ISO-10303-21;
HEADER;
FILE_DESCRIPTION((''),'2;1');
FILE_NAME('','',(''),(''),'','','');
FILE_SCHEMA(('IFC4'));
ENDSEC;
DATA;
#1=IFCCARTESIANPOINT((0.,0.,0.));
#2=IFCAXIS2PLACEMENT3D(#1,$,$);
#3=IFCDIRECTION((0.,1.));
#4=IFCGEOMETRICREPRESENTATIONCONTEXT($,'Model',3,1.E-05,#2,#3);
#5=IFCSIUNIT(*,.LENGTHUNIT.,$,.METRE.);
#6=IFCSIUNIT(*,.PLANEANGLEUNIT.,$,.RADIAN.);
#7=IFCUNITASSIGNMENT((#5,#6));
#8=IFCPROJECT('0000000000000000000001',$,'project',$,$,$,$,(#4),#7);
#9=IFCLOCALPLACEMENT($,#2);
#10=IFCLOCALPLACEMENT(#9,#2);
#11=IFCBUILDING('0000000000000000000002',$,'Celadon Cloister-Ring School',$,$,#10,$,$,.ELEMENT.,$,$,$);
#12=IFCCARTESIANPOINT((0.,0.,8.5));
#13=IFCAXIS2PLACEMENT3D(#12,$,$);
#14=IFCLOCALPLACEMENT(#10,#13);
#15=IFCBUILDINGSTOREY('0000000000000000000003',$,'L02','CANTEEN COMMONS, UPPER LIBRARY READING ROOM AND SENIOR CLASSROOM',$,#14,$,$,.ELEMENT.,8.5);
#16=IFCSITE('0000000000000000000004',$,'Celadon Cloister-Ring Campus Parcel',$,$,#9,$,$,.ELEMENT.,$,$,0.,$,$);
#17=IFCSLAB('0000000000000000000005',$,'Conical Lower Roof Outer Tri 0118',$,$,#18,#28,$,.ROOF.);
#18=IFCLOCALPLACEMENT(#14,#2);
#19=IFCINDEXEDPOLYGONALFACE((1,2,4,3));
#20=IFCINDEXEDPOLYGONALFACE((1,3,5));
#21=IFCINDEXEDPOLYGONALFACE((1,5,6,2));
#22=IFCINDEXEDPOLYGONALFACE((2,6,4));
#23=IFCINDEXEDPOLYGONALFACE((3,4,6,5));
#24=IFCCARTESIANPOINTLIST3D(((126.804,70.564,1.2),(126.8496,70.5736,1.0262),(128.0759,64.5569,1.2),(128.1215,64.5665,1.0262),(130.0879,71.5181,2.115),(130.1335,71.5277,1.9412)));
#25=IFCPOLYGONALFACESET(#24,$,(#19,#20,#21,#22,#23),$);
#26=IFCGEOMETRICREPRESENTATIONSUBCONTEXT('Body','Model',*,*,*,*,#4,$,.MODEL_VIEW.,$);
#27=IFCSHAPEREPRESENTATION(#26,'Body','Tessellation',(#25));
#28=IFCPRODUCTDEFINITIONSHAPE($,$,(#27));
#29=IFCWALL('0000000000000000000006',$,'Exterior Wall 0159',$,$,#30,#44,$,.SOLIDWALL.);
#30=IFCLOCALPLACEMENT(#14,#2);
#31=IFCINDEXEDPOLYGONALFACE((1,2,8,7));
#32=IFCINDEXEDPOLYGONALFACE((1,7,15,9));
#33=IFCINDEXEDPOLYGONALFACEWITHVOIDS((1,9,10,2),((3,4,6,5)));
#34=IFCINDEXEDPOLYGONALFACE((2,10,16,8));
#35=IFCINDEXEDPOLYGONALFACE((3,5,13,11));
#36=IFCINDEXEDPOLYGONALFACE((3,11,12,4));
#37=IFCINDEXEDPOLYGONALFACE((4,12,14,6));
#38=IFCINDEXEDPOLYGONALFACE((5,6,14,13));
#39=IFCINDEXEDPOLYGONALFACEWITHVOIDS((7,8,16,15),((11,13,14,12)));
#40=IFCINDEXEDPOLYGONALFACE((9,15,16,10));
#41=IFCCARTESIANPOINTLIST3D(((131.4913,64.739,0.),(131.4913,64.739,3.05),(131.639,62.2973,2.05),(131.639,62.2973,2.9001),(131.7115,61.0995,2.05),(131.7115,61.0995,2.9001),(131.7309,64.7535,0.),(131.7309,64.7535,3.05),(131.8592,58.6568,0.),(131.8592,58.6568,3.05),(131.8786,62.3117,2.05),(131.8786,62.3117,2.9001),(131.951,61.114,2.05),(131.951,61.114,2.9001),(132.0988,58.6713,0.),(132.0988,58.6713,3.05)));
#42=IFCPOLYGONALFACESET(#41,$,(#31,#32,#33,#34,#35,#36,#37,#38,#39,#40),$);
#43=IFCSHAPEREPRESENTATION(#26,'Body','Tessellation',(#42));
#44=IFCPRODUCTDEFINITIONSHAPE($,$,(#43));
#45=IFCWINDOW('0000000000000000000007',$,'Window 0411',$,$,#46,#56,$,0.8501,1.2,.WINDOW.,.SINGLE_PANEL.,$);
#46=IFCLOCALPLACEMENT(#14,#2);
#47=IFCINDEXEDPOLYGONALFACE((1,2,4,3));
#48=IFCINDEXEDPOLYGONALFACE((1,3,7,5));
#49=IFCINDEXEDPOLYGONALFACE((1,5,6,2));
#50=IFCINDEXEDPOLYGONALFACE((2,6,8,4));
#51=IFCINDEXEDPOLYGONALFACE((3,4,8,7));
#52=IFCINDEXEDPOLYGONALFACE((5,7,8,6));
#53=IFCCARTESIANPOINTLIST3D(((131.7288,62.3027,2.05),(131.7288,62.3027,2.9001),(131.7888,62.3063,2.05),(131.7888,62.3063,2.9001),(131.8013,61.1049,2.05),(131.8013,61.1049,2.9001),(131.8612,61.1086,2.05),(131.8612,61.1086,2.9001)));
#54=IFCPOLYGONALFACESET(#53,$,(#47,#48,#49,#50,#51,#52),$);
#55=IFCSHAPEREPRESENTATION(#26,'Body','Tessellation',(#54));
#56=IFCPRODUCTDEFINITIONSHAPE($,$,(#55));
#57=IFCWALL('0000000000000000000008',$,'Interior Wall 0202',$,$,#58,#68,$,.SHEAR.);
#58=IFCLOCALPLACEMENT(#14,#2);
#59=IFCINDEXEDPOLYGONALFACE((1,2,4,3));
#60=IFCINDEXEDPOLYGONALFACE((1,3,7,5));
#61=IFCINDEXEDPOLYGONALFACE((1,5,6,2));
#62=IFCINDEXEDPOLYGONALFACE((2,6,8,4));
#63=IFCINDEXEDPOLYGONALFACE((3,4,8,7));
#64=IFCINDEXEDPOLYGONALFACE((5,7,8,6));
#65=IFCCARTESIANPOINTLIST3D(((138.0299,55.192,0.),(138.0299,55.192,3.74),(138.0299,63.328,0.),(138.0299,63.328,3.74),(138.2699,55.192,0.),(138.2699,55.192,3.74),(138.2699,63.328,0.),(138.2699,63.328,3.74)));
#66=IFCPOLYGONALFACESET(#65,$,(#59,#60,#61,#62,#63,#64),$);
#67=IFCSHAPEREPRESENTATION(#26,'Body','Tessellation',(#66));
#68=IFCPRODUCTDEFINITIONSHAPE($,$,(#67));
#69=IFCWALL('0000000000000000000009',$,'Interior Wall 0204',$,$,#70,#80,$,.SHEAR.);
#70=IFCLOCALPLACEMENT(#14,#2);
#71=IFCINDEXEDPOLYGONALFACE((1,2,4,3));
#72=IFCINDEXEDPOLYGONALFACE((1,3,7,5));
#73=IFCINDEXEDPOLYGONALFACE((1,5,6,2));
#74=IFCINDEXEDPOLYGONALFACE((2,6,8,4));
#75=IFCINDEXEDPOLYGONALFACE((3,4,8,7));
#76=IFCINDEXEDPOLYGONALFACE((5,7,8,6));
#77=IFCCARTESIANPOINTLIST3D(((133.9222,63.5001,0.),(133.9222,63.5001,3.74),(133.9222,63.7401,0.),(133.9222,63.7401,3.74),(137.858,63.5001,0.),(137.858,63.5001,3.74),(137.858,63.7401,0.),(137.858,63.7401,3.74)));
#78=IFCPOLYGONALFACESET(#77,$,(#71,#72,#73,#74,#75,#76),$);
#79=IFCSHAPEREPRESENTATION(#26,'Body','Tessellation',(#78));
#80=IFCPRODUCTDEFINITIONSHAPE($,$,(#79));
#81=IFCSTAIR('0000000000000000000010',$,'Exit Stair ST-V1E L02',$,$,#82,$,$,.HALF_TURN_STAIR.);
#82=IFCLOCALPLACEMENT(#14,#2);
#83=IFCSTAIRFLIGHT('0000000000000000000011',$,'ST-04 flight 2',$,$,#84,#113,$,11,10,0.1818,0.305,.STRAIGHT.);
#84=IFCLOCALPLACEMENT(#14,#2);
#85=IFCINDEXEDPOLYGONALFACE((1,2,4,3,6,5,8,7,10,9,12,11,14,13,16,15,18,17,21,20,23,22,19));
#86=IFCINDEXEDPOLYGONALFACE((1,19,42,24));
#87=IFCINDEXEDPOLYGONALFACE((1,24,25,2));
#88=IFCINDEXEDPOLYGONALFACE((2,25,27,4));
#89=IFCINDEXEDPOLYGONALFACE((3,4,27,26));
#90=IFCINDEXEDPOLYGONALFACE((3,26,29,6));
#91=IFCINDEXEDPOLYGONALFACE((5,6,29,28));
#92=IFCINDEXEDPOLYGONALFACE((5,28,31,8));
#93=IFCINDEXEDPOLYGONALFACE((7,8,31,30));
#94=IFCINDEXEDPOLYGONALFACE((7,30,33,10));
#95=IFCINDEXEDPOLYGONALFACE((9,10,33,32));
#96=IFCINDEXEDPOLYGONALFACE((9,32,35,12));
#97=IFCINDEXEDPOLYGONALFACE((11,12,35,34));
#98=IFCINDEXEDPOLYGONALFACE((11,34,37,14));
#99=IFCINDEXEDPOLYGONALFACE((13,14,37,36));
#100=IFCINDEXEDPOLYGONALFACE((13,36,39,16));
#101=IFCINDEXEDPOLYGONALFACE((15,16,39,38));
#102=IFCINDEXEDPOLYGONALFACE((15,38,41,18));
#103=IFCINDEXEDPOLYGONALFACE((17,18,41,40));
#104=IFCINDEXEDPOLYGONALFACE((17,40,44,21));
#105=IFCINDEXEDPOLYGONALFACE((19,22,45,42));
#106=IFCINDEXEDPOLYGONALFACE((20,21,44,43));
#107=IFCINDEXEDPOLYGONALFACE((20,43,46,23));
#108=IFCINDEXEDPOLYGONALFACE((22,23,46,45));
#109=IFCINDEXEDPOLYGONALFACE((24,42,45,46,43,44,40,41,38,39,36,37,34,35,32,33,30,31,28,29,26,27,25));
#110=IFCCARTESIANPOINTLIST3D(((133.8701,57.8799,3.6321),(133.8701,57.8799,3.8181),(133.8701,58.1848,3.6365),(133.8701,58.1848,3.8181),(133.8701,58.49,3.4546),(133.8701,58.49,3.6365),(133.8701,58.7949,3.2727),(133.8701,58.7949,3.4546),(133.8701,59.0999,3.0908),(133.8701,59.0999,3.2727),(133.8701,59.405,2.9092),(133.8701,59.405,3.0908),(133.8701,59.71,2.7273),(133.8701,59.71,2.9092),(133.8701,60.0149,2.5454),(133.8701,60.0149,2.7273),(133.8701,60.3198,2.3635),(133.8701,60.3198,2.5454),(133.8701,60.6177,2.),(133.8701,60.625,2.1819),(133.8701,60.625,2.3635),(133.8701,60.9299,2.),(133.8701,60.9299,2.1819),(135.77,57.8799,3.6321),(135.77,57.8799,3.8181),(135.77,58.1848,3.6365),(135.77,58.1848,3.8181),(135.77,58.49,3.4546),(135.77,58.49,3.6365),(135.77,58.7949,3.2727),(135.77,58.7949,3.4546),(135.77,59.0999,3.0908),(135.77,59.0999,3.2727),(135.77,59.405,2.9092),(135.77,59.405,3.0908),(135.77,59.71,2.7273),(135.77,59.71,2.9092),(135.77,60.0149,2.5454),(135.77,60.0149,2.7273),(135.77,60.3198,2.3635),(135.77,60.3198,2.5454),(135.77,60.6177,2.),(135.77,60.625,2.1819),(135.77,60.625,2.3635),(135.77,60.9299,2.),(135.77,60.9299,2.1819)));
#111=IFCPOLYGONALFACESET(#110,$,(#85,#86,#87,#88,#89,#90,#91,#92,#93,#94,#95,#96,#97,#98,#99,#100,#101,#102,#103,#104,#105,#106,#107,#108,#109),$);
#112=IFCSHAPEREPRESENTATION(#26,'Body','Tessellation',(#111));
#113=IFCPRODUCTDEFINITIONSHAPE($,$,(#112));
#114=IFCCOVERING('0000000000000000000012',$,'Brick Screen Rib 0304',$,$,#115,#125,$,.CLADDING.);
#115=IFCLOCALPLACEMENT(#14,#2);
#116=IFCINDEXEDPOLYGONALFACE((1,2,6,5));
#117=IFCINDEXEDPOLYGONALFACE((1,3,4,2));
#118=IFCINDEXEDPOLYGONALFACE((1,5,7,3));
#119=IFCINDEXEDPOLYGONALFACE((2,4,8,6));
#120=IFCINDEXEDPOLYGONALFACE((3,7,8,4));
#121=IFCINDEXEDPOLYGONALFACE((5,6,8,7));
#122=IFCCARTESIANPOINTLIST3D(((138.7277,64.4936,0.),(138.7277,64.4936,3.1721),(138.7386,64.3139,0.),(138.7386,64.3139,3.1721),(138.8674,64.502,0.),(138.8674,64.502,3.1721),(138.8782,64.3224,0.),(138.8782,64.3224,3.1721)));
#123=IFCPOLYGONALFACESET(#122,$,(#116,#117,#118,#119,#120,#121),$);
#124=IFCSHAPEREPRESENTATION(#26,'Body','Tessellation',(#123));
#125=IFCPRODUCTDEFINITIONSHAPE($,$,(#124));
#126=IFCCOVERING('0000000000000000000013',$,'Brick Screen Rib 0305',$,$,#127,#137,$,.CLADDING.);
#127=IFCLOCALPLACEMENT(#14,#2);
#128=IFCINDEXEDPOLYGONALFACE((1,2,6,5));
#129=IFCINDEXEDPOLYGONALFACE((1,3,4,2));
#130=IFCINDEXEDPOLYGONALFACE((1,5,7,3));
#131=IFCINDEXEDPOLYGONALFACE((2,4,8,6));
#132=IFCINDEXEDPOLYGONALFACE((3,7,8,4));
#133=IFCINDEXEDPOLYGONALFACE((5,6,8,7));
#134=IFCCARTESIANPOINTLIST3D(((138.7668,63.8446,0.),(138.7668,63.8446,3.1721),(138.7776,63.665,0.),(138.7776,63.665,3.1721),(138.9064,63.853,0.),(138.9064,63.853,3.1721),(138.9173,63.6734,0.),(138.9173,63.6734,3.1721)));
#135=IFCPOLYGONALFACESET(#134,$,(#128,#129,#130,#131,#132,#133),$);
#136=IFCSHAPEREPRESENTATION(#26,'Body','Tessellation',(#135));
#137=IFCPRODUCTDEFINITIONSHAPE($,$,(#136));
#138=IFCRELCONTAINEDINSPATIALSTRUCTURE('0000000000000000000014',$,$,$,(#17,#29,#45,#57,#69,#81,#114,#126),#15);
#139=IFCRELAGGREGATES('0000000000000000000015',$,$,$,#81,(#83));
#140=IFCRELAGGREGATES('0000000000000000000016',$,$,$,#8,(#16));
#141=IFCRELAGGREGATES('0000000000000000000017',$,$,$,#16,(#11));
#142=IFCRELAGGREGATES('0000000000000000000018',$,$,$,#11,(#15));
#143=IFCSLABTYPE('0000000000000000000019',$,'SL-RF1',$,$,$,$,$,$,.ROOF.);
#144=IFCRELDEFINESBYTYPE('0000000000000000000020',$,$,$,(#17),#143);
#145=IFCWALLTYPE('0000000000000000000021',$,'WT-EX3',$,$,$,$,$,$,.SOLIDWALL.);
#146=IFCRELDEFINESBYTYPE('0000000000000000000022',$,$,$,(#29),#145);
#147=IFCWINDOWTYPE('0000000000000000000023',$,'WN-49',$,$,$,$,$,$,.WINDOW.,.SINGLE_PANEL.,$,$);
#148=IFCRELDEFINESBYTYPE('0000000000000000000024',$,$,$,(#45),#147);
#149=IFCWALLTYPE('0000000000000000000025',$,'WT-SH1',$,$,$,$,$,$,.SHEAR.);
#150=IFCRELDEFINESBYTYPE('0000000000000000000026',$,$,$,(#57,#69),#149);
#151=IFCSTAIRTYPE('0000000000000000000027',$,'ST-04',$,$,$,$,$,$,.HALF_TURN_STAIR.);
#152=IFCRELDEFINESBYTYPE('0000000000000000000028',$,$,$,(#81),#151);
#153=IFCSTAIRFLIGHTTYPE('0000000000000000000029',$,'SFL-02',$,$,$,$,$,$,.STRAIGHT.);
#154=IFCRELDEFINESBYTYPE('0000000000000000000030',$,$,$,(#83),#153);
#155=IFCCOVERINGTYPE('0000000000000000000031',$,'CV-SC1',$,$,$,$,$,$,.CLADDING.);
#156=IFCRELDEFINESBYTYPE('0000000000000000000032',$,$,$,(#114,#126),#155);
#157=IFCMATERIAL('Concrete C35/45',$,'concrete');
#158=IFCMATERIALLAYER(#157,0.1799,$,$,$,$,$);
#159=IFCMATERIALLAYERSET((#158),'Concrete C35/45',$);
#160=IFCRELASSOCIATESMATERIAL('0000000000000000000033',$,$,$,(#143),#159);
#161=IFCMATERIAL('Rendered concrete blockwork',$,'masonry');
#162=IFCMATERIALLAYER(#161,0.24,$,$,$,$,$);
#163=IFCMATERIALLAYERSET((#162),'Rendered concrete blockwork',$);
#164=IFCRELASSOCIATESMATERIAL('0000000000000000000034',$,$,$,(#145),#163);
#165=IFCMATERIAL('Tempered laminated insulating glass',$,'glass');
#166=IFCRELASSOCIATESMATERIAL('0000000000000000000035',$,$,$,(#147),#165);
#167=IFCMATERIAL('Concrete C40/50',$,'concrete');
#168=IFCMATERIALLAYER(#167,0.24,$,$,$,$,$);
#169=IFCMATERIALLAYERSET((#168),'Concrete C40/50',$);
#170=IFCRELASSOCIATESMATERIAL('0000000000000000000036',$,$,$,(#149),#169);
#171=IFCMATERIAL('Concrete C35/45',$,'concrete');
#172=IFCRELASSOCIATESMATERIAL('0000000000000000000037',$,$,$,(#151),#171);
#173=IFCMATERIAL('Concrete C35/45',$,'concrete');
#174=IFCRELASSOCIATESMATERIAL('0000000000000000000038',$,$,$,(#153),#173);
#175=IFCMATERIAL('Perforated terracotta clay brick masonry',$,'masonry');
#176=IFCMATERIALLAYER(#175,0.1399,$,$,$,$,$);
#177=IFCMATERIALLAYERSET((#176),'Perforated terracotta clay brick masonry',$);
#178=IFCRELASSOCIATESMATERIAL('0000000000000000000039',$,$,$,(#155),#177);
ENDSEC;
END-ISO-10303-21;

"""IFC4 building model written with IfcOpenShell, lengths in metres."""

from ifc_helpers import new_model, si_unit, direction, frame, frame_2d, origin, origin_2d, place, context, subcontext, project, spatial, polyline, rectangle, outline, extrude, material, layer, layer_set, type_object, element, fill, aggregate, save


model = new_model("IFC4")

# Units and contexts
model_context = context("Model", 3, precision=1e-05, world=origin(), true_north=direction((0.0, 1.0)))
body_context = subcontext(model_context, "Body", "Model", "MODEL_VIEW")
ifc_project = project(units=[si_unit("LENGTHUNIT", "METRE"), si_unit("PLANEANGLEUNIT", "RADIAN")], contexts=[model_context])

# Site, building, storey
site_placement = place(None, origin())
site = spatial("IfcSite", under=ifc_project, at=site_placement, Name="Celadon Cloister-Ring Campus Parcel", CompositionType="ELEMENT", RefElevation=0.0)
building_placement = place(site_placement, origin())
building = spatial("IfcBuilding", under=site, at=building_placement, Name="Celadon Cloister-Ring School", CompositionType="ELEMENT")
storey_placement = place(building_placement, frame((0.0, 0.0, 8.5)))
storey = spatial("IfcBuildingStorey", under=building, at=storey_placement, Name="L02", Description="CANTEEN COMMONS, UPPER LIBRARY READING ROOM AND SENIOR CLASSROOM", CompositionType="ELEMENT", Elevation=8.5)

# Slab
ifc_material_1 = material(Name="Concrete C35/45", Category="concrete")
ifc_layer_1 = layer(ifc_material_1, 0.1799)
ifc_layer_set_1 = layer_set([ifc_layer_1], Name="Concrete C35/45")
slab_type = type_object("IfcSlabType", Name="SL-RF1", PredefinedType="ROOF", material=ifc_layer_set_1)
slab_1_placement = place(storey_placement, frame((128.0759, 64.5569, 1.2), z_axis=(-0.253525, -0.053683, 0.965838), x_axis=(0.275474, 0.95311, 0.125285)))
element("IfcSlab", 1, at=slab_1_placement, inside=storey, type_object=slab_type, Name="Conical Lower Roof Outer Tri 0118", PredefinedType="ROOF", context=body_context, shape_type="SweptSolid", body=[
    extrude(outline(polyline([(0.0, 0.0), (7.3037, 0.0), (5.375, 2.9685), (0.0, 0.0)])), origin(), (0.0, 0.0, -1.0), 0.1799),
])

# Wall, opening, window
ifc_material_2 = material(Name="Rendered concrete blockwork", Category="masonry")
ifc_layer_2 = layer(ifc_material_2, 0.24)
ifc_layer_set_2 = layer_set([ifc_layer_2], Name="Rendered concrete blockwork")
wall_type_1 = type_object("IfcWallType", Name="WT-EX3", PredefinedType="SOLIDWALL", material=ifc_layer_set_2)
wall_1_placement = place(storey_placement, frame((131.979, 58.6641, 0.0), z_axis=(0.0, 0.0, 1.0), x_axis=(-0.060383, 0.998175, 0.0)))
wall_1 = element("IfcWall", 2, at=wall_1_placement, inside=storey, type_object=wall_type_1, Name="Exterior Wall 0159", PredefinedType="SOLIDWALL", context=body_context, shape_type="SweptSolid", body=[
    extrude(rectangle(XDim=6.0933, YDim=0.24, at=frame_2d((3.0466, 0.0))), origin(), (0.0, 0.0, 1.0), 3.05),
])
opening_placement = place(wall_1_placement, frame((2.447, 0.0, 2.05)))
opening = element("IfcOpeningElement", 3, at=opening_placement, cuts=wall_1, PredefinedType="OPENING", context=body_context, shape_type="SweptSolid", body=[
    extrude(rectangle(XDim=1.2, YDim=0.8501, at=frame_2d((0.6001, 0.425))), frame((0.0, 0.1299, 0.0), z_axis=(0.0, -1.0, 0.0), x_axis=(1.0, 0.0, 0.0)), (0.0, 0.0, 1.0), 0.26),
])
ifc_material_3 = material(Name="Tempered laminated insulating glass", Category="glass")
window_type = type_object("IfcWindowType", Name="WN-49", PartitioningType="SINGLE_PANEL", PredefinedType="WINDOW", material=ifc_material_3)
window_placement = place(opening_placement, origin())
window = element("IfcWindow", 4, at=window_placement, inside=storey, type_object=window_type, Name="Window 0411", OverallHeight=0.8501, OverallWidth=1.2, PartitioningType="SINGLE_PANEL", PredefinedType="WINDOW", context=body_context, shape_type="SweptSolid", body=[
    extrude(rectangle(XDim=1.2, YDim=0.8501, at=frame_2d((0.6001, 0.425))), frame((0.0, 0.03, 0.0), z_axis=(0.0, -1.0, 0.0), x_axis=(1.0, 0.0, 0.0)), (0.0, 0.0, 1.0), 0.0601),
])
fill(opening, window)

# Walls
ifc_material_4 = material(Name="Concrete C40/50", Category="concrete")
ifc_layer_3 = layer(ifc_material_4, 0.24)
ifc_layer_set_3 = layer_set([ifc_layer_3], Name="Concrete C40/50")
wall_type_2 = type_object("IfcWallType", Name="WT-SH1", PredefinedType="SHEAR", material=ifc_layer_set_3)
wall_2_placement = place(storey_placement, frame((138.1499, 63.3279, 0.0), z_axis=(0.0, 0.0, 1.0), x_axis=(0.0, -1.0, 0.0)))
element("IfcWall", 5, at=wall_2_placement, inside=storey, type_object=wall_type_2, Name="Interior Wall 0202", PredefinedType="SHEAR", context=body_context, shape_type="SweptSolid", body=[
    extrude(rectangle(XDim=8.136, YDim=0.24, at=frame_2d((4.0679, 0.0))), origin(), (0.0, 0.0, 1.0), 3.74),
])
wall_3_placement = place(storey_placement, frame((137.8579, 63.6201, 0.0), z_axis=(0.0, 0.0, 1.0), x_axis=(-1.0, 0.0, 0.0)))
element("IfcWall", 6, at=wall_3_placement, inside=storey, type_object=wall_type_2, Name="Interior Wall 0204", PredefinedType="SHEAR", context=body_context, shape_type="SweptSolid", body=[
    extrude(rectangle(XDim=3.9358, YDim=0.24, at=frame_2d((1.9678, 0.0))), origin(), (0.0, 0.0, 1.0), 3.74),
])

# Stair, stair flight
ifc_material_5 = material(Name="Concrete C35/45", Category="concrete")
stair_type = type_object("IfcStairType", Name="ST-04", PredefinedType="HALF_TURN_STAIR", material=ifc_material_5)
stair_placement = place(storey_placement, origin())
stair = element("IfcStair", 7, at=stair_placement, inside=storey, type_object=stair_type, Name="Exit Stair ST-V1E L02", PredefinedType="HALF_TURN_STAIR")
ifc_material_6 = material(Name="Concrete C35/45", Category="concrete")
stair_flight_type = type_object("IfcStairFlightType", Name="SFL-02", PredefinedType="STRAIGHT", material=ifc_material_6)
stair_flight_placement = place(storey_placement, frame((134.8201, 60.9299, 2.0), z_axis=(0.0, 0.0, 1.0), x_axis=(0.0, -1.0, 0.0)))
stair_flight = element("IfcStairFlight", 8, at=stair_flight_placement, type_object=stair_flight_type, Name="ST-04 flight 2", NumberOfRisers=11, NumberOfTreads=10, PredefinedType="STRAIGHT", RiserHeight=0.1818, TreadLength=0.305, context=body_context, shape_type="SweptSolid", body=[
    extrude(outline(polyline([(0.0, 0.0), (0.0, 0.1819), (0.3049, 0.1819), (0.3049, 0.3635), (0.6101, 0.3635), (0.6101, 0.5454), (0.915, 0.5454), (0.915, 0.7273), (1.22, 0.7273), (1.22, 0.9092), (1.5249, 0.9092), (1.5249, 1.0908), (1.8301, 1.0908), (1.8301, 1.2727), (2.135, 1.2727), (2.135, 1.4546), (2.4399, 1.4546), (2.4399, 1.6365), (2.7451, 1.6365), (2.7451, 1.8181), (3.05, 1.8181), (3.05, 2.0), (3.05, 1.6321), (0.3123, 0.0), (0.0, 0.0)])), frame((0.0, 0.95, 0.0), z_axis=(0.0, -1.0, 0.0), x_axis=(1.0, 0.0, 0.0)), (0.0, 0.0, 1.0), 1.8999),
])
aggregate(stair, [stair_flight])

# Coverings
ifc_material_7 = material(Name="Perforated terracotta clay brick masonry", Category="masonry")
ifc_layer_4 = layer(ifc_material_7, 0.1399)
ifc_layer_set_4 = layer_set([ifc_layer_4], Name="Perforated terracotta clay brick masonry")
covering_type = type_object("IfcCoveringType", Name="CV-SC1", PredefinedType="CLADDING", material=ifc_layer_set_4)
for number, where, z_axis, x_axis, name in (
    (9, (138.803, 64.408, 0.0), (0.0, 0.0, 1.0), (0.060143, -0.99819, 0.0), "Brick Screen Rib 0304"),
    (10, (138.842, 63.759, 0.0), (0.0, 0.0, 1.0), (0.060143, -0.99819, 0.0), "Brick Screen Rib 0305"),
):
    element("IfcCovering", number, at=place(storey_placement, frame(where, z_axis=z_axis, x_axis=x_axis)), inside=storey, type_object=covering_type, Name=name, PredefinedType="CLADDING", context=body_context, shape_type="SweptSolid", body=[
        extrude(rectangle(XDim=0.1799, YDim=0.1399, at=origin_2d()), origin(), (0.0, 0.0, 1.0), 3.1721),
    ])

save(model, "model.ifc")
